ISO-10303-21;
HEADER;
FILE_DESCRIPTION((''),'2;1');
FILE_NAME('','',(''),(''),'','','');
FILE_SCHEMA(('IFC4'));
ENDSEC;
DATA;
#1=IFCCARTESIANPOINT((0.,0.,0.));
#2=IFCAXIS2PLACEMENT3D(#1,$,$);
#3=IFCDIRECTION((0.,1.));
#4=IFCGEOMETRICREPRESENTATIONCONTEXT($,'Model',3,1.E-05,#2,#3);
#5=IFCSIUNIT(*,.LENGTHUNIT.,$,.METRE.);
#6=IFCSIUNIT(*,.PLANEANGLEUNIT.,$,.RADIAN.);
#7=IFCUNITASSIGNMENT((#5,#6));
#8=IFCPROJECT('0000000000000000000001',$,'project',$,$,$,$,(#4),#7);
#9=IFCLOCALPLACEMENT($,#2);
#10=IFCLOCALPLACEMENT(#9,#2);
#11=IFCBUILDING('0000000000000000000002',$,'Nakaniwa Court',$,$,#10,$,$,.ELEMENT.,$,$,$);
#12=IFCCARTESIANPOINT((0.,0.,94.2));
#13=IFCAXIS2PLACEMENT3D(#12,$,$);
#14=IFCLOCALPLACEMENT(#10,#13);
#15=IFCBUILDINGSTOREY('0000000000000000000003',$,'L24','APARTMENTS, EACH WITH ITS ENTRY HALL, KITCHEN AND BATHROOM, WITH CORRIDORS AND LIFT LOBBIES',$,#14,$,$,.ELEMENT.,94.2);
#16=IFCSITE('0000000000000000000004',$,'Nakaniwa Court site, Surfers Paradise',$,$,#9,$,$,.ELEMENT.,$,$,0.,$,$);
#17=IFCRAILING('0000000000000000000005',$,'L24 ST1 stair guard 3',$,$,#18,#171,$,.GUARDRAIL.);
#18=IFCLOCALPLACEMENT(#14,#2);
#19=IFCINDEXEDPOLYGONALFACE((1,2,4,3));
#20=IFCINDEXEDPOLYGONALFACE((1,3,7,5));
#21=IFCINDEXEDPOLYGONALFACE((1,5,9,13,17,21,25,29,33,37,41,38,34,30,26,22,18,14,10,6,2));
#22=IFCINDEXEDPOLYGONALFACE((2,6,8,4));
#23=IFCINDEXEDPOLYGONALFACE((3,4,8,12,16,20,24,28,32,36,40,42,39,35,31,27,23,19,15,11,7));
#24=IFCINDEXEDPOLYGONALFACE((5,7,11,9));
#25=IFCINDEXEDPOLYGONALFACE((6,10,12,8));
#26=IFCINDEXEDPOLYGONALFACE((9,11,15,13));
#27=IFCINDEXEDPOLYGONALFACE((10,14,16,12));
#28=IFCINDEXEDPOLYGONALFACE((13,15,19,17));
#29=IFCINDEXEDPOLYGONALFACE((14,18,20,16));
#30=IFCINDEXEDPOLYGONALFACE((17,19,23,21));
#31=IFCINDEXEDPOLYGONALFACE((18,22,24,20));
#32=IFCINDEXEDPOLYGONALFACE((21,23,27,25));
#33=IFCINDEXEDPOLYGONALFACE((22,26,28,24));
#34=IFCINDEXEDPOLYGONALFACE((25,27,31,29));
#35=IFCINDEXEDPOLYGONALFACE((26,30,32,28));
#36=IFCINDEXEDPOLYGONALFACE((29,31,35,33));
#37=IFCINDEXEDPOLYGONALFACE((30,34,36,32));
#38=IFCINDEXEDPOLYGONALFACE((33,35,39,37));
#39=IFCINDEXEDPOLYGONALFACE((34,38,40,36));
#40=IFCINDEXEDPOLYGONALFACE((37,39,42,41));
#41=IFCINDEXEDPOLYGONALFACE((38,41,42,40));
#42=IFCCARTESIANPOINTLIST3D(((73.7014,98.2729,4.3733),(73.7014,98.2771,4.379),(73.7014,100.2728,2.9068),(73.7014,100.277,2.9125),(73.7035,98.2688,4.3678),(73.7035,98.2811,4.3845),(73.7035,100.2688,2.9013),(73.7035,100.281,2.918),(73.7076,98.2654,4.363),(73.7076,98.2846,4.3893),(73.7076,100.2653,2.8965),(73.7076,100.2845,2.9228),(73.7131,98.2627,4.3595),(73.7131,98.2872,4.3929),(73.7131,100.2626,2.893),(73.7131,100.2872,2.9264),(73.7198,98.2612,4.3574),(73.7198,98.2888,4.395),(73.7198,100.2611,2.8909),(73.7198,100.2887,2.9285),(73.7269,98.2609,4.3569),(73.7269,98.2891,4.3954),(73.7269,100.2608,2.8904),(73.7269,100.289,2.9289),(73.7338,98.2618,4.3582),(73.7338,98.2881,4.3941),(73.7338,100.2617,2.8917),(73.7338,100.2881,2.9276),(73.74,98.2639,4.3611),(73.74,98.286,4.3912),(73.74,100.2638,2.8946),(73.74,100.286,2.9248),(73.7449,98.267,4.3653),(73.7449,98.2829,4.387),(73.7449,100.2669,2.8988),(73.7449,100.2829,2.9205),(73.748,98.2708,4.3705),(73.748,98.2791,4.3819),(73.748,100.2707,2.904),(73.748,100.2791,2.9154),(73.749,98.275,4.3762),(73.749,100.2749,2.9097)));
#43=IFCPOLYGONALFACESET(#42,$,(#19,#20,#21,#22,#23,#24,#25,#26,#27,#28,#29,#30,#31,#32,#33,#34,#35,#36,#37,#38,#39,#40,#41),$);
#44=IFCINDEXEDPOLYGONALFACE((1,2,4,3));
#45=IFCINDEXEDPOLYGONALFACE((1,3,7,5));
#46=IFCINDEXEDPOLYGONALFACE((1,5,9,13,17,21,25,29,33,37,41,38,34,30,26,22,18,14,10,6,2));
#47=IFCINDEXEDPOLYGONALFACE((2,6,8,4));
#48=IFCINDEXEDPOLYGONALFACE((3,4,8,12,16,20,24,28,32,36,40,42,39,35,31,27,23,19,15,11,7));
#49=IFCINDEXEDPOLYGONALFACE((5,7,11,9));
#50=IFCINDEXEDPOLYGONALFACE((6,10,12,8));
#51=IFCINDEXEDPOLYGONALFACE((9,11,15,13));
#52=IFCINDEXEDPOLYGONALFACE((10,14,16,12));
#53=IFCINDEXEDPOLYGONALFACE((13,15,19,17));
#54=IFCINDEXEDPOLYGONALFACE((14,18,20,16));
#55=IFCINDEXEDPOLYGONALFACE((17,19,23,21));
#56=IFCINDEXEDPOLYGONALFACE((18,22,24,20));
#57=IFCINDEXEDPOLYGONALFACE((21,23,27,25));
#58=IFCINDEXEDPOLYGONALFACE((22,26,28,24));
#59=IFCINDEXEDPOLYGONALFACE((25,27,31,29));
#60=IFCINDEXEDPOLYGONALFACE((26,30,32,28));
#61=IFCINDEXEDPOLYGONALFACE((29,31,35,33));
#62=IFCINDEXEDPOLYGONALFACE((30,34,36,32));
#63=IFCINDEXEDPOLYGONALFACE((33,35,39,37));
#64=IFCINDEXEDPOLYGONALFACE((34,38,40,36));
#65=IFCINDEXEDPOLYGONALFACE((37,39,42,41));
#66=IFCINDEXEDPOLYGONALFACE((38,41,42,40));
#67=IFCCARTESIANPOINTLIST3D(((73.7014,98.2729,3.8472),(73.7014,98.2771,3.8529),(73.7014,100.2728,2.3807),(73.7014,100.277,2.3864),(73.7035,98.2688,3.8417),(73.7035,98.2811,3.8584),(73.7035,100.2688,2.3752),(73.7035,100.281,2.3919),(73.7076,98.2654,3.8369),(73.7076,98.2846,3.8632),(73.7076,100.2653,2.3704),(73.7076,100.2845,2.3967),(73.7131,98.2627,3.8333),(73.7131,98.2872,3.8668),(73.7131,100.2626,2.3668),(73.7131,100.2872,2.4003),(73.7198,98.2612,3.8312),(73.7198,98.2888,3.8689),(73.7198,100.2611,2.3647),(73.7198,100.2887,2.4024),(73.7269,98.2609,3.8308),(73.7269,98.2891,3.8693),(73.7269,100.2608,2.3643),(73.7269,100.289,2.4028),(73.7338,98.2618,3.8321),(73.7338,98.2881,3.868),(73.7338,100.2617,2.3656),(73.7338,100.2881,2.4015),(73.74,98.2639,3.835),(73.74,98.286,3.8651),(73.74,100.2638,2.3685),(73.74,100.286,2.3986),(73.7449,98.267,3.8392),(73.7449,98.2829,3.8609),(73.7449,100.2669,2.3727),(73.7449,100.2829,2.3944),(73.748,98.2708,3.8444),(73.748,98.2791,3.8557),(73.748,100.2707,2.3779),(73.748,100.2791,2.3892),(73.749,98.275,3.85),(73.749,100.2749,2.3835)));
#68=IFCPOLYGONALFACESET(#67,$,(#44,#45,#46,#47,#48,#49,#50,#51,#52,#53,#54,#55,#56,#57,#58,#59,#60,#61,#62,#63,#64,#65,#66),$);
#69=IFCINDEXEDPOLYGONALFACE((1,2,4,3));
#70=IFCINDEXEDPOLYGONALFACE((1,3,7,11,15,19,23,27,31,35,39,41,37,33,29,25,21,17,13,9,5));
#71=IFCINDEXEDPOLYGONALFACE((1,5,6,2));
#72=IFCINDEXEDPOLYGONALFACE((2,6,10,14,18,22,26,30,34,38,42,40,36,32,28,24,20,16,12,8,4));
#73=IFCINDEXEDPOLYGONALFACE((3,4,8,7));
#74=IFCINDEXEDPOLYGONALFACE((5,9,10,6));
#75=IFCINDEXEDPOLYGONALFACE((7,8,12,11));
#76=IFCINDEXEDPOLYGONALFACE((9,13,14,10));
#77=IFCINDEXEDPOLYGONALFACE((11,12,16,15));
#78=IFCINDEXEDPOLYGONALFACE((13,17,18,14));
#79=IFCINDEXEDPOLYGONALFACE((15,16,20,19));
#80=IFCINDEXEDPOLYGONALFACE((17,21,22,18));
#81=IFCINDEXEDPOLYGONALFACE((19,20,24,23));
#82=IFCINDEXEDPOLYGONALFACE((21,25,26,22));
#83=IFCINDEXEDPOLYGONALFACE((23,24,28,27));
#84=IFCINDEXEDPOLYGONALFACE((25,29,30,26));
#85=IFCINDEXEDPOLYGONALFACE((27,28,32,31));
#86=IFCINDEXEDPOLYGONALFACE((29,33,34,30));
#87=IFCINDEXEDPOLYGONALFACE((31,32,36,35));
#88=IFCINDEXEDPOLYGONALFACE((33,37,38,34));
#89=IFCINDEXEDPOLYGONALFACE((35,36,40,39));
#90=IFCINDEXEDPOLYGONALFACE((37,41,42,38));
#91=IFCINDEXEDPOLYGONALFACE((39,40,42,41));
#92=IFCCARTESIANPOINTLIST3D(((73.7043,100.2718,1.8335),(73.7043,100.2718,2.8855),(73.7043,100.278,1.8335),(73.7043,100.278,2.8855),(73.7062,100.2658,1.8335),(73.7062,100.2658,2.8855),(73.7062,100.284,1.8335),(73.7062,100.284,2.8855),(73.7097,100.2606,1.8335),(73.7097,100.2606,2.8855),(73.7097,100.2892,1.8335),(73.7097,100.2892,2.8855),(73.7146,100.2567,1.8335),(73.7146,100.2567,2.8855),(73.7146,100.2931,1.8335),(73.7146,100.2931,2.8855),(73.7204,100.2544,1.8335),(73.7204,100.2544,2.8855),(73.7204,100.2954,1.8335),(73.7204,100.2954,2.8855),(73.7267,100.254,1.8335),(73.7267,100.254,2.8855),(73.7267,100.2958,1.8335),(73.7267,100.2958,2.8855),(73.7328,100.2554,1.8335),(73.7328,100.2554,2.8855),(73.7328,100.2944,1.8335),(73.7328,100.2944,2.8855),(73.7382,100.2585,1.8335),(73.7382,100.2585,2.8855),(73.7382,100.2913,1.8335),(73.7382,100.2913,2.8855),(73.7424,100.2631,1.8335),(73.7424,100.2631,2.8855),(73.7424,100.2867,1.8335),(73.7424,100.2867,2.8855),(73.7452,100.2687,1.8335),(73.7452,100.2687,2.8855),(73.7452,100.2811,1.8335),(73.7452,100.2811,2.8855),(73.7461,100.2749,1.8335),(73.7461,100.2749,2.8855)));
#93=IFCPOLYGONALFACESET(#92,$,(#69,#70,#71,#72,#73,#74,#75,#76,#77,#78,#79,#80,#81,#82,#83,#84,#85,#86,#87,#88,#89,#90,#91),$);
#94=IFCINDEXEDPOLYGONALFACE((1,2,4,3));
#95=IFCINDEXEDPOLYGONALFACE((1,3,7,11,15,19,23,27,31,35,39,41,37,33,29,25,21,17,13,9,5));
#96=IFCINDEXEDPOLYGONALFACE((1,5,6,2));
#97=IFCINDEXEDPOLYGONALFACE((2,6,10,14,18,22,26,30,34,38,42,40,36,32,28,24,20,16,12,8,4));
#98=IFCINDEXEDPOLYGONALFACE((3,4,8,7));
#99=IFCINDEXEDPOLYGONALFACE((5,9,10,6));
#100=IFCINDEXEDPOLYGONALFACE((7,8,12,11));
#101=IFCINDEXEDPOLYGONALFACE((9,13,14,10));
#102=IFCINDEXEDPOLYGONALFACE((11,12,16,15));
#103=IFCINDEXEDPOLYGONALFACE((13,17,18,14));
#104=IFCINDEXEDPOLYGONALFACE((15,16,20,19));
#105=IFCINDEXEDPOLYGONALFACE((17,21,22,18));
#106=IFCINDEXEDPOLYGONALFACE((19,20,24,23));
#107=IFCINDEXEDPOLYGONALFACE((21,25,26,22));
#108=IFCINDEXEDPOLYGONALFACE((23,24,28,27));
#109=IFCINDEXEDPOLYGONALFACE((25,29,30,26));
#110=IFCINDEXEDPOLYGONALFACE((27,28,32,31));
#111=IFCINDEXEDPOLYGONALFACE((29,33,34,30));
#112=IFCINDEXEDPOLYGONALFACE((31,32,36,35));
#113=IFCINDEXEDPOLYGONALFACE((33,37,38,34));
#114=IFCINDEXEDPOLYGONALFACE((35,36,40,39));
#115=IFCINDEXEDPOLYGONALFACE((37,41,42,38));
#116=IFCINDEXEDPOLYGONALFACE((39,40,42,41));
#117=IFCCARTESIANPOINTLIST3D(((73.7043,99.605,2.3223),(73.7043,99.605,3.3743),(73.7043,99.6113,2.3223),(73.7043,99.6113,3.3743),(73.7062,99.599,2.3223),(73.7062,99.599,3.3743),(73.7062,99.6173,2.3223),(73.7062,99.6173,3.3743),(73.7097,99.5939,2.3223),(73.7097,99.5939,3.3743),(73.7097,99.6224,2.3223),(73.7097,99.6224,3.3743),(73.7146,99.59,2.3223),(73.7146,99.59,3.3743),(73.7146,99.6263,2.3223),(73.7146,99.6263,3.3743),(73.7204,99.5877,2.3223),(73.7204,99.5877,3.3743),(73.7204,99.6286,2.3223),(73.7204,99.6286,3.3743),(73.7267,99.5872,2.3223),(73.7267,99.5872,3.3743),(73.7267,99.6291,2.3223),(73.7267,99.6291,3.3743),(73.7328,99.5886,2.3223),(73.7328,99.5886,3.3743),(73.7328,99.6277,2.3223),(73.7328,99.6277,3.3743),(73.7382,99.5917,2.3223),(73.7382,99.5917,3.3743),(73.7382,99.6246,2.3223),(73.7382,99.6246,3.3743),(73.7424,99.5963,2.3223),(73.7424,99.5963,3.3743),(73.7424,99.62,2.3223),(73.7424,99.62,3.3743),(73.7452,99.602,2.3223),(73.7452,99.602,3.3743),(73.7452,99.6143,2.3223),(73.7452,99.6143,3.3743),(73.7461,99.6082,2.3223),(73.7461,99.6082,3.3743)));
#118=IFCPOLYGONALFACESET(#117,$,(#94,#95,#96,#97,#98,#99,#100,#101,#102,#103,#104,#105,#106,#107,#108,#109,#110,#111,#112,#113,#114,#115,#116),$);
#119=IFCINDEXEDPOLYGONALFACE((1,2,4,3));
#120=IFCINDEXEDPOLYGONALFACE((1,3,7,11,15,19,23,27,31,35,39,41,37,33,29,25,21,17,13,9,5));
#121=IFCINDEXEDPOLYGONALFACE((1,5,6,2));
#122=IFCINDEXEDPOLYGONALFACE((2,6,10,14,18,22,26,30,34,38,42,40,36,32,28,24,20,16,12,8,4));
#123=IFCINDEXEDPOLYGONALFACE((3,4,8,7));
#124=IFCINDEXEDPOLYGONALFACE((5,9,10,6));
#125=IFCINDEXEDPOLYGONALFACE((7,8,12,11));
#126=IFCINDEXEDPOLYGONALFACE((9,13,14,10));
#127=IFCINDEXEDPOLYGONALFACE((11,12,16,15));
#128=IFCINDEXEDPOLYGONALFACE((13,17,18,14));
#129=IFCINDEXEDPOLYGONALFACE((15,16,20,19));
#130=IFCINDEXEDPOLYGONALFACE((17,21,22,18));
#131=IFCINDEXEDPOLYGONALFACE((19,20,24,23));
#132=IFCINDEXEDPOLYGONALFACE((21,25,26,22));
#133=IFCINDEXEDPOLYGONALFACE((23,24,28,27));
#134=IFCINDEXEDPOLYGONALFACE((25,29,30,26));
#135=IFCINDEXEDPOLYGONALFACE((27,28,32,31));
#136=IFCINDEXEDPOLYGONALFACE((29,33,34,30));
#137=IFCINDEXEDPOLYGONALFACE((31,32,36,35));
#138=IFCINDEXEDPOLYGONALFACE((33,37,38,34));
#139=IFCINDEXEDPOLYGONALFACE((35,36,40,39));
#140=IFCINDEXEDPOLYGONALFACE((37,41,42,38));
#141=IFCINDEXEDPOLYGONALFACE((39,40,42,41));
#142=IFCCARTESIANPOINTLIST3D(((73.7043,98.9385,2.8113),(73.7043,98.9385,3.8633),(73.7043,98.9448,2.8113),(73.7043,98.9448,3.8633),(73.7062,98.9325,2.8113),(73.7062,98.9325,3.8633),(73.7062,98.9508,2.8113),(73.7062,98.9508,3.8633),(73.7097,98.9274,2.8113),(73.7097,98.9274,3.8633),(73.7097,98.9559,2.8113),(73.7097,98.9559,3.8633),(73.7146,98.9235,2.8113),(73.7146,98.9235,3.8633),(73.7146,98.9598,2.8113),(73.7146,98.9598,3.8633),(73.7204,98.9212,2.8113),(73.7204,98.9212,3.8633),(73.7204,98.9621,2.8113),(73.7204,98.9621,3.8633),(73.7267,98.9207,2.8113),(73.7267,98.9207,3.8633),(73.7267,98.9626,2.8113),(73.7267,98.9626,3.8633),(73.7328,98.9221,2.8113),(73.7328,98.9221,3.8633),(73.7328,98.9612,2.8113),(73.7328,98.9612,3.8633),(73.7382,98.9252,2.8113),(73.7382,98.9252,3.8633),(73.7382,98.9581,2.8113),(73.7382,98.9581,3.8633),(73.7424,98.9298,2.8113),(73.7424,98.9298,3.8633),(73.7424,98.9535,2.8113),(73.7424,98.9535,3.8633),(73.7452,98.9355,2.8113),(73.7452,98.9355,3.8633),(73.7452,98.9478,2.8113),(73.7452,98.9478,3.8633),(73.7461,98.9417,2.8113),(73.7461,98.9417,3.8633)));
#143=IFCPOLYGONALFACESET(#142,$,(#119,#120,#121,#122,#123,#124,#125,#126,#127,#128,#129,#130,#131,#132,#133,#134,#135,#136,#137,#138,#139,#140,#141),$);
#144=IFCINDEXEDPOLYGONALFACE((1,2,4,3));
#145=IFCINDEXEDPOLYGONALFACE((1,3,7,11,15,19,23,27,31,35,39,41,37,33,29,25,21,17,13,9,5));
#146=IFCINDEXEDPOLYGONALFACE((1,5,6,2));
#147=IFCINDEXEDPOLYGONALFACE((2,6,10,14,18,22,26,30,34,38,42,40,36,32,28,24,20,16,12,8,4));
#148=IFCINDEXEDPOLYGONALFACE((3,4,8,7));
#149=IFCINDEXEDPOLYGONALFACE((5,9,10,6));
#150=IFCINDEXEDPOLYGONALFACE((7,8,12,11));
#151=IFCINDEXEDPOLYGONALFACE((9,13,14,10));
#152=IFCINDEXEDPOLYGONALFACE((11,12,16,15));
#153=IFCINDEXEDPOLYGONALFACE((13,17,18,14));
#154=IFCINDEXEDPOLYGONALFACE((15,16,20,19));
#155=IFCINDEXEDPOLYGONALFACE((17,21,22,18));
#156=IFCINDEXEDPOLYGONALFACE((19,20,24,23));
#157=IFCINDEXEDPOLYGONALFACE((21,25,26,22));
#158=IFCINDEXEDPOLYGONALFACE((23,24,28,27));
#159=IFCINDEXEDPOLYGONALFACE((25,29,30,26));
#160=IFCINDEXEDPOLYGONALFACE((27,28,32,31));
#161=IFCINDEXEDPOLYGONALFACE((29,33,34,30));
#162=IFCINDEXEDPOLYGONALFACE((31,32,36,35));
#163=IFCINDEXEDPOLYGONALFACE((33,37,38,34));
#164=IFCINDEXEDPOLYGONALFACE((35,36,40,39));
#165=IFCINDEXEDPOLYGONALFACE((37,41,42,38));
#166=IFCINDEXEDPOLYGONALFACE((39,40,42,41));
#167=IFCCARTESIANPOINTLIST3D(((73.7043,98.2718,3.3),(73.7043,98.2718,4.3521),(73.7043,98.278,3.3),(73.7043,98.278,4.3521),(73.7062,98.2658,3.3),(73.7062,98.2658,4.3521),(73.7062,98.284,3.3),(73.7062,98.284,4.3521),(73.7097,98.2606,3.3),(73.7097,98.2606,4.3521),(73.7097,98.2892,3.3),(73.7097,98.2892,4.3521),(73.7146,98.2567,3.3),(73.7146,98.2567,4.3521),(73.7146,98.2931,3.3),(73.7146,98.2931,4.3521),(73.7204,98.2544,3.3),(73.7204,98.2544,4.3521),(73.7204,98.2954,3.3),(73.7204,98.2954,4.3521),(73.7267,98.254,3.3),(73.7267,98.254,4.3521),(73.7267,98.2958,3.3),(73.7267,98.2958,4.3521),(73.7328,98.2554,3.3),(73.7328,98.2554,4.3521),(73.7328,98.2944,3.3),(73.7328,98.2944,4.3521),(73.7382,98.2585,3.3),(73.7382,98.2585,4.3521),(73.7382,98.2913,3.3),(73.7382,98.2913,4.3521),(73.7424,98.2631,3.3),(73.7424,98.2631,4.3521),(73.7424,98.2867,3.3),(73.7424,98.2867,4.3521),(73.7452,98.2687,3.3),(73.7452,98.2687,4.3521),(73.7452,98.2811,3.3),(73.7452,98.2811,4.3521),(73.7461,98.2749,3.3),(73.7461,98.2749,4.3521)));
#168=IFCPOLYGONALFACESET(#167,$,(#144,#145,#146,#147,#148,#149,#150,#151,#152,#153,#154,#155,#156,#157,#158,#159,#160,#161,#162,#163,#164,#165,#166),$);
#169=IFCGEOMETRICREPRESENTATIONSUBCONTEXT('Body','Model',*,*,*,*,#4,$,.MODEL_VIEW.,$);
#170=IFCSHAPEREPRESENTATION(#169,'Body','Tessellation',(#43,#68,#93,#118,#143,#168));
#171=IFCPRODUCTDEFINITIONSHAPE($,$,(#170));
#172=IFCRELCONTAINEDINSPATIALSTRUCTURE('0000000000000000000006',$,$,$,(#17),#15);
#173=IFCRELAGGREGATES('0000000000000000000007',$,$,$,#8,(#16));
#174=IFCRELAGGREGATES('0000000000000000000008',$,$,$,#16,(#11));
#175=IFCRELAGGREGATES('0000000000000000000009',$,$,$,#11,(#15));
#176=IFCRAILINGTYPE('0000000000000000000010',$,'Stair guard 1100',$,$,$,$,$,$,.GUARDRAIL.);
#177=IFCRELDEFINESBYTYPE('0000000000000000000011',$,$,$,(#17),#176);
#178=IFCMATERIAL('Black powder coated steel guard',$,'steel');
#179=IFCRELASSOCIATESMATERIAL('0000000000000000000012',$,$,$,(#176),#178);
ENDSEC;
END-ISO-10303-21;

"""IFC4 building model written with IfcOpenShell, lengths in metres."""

from ifc_helpers import new_model, si_unit, direction, frame, origin, origin_2d, place, context, subcontext, project, spatial, circle, extrude, material, type_object, element, save


model = new_model("IFC4")

# Units and contexts
model_context = context("Model", 3, precision=1e-05, world=origin(), true_north=direction((0.0, 1.0)))
body_context = subcontext(model_context, "Body", "Model", "MODEL_VIEW")
ifc_project = project(units=[si_unit("LENGTHUNIT", "METRE"), si_unit("PLANEANGLEUNIT", "RADIAN")], contexts=[model_context])

# Site, building, storey
site_placement = place(None, origin())
site = spatial("IfcSite", under=ifc_project, at=site_placement, Name="Nakaniwa Court site, Surfers Paradise", CompositionType="ELEMENT", RefElevation=0.0)
building_placement = place(site_placement, origin())
building = spatial("IfcBuilding", under=site, at=building_placement, Name="Nakaniwa Court", CompositionType="ELEMENT")
storey_placement = place(building_placement, frame((0.0, 0.0, 94.2)))
storey = spatial("IfcBuildingStorey", under=building, at=storey_placement, Name="L24", Description="APARTMENTS, EACH WITH ITS ENTRY HALL, KITCHEN AND BATHROOM, WITH CORRIDORS AND LIFT LOBBIES", CompositionType="ELEMENT", Elevation=94.2)

# Railing
ifc_material_1 = material(Name="Black powder coated steel guard", Category="steel")
railing_type_1 = type_object("IfcRailingType", Name="Stair guard 1100", PredefinedType="GUARDRAIL", material=ifc_material_1)
railing_1_placement = place(storey_placement, frame((73.7251, 100.2749, 1.8335)))
element("IfcRailing", 1, at=railing_1_placement, inside=storey, type_object=railing_type_1, Name="L24 ST1 stair guard 3", PredefinedType="GUARDRAIL", context=body_context, shape_type="SweptSolid", body=[
    extrude(circle(Radius=0.0239, at=origin_2d()), frame((0.0, 0.0, 1.0762), z_axis=(0.0, -0.806427, 0.591334), x_axis=(1.0, 0.0, 0.0)), (0.0, 0.0, 1.0), 2.48),
    extrude(circle(Radius=0.0239, at=origin_2d()), frame((0.0, 0.0, 0.55), z_axis=(0.0, -0.806427, 0.591334), x_axis=(1.0, 0.0, 0.0)), (0.0, 0.0, 1.0), 2.48),
    extrude(circle(Radius=0.021, at=origin_2d()), origin(), (0.0, 0.0, 1.0), 1.052),
    extrude(circle(Radius=0.021, at=origin_2d()), frame((0.0, -0.6667, 0.4888)), (0.0, 0.0, 1.0), 1.052),
    extrude(circle(Radius=0.021, at=origin_2d()), frame((0.0, -1.3333, 0.9778)), (0.0, 0.0, 1.0), 1.052),
    extrude(circle(Radius=0.021, at=origin_2d()), frame((0.0, -2.0, 1.4666)), (0.0, 0.0, 1.0), 1.052),
])

save(model, "model.ifc")
